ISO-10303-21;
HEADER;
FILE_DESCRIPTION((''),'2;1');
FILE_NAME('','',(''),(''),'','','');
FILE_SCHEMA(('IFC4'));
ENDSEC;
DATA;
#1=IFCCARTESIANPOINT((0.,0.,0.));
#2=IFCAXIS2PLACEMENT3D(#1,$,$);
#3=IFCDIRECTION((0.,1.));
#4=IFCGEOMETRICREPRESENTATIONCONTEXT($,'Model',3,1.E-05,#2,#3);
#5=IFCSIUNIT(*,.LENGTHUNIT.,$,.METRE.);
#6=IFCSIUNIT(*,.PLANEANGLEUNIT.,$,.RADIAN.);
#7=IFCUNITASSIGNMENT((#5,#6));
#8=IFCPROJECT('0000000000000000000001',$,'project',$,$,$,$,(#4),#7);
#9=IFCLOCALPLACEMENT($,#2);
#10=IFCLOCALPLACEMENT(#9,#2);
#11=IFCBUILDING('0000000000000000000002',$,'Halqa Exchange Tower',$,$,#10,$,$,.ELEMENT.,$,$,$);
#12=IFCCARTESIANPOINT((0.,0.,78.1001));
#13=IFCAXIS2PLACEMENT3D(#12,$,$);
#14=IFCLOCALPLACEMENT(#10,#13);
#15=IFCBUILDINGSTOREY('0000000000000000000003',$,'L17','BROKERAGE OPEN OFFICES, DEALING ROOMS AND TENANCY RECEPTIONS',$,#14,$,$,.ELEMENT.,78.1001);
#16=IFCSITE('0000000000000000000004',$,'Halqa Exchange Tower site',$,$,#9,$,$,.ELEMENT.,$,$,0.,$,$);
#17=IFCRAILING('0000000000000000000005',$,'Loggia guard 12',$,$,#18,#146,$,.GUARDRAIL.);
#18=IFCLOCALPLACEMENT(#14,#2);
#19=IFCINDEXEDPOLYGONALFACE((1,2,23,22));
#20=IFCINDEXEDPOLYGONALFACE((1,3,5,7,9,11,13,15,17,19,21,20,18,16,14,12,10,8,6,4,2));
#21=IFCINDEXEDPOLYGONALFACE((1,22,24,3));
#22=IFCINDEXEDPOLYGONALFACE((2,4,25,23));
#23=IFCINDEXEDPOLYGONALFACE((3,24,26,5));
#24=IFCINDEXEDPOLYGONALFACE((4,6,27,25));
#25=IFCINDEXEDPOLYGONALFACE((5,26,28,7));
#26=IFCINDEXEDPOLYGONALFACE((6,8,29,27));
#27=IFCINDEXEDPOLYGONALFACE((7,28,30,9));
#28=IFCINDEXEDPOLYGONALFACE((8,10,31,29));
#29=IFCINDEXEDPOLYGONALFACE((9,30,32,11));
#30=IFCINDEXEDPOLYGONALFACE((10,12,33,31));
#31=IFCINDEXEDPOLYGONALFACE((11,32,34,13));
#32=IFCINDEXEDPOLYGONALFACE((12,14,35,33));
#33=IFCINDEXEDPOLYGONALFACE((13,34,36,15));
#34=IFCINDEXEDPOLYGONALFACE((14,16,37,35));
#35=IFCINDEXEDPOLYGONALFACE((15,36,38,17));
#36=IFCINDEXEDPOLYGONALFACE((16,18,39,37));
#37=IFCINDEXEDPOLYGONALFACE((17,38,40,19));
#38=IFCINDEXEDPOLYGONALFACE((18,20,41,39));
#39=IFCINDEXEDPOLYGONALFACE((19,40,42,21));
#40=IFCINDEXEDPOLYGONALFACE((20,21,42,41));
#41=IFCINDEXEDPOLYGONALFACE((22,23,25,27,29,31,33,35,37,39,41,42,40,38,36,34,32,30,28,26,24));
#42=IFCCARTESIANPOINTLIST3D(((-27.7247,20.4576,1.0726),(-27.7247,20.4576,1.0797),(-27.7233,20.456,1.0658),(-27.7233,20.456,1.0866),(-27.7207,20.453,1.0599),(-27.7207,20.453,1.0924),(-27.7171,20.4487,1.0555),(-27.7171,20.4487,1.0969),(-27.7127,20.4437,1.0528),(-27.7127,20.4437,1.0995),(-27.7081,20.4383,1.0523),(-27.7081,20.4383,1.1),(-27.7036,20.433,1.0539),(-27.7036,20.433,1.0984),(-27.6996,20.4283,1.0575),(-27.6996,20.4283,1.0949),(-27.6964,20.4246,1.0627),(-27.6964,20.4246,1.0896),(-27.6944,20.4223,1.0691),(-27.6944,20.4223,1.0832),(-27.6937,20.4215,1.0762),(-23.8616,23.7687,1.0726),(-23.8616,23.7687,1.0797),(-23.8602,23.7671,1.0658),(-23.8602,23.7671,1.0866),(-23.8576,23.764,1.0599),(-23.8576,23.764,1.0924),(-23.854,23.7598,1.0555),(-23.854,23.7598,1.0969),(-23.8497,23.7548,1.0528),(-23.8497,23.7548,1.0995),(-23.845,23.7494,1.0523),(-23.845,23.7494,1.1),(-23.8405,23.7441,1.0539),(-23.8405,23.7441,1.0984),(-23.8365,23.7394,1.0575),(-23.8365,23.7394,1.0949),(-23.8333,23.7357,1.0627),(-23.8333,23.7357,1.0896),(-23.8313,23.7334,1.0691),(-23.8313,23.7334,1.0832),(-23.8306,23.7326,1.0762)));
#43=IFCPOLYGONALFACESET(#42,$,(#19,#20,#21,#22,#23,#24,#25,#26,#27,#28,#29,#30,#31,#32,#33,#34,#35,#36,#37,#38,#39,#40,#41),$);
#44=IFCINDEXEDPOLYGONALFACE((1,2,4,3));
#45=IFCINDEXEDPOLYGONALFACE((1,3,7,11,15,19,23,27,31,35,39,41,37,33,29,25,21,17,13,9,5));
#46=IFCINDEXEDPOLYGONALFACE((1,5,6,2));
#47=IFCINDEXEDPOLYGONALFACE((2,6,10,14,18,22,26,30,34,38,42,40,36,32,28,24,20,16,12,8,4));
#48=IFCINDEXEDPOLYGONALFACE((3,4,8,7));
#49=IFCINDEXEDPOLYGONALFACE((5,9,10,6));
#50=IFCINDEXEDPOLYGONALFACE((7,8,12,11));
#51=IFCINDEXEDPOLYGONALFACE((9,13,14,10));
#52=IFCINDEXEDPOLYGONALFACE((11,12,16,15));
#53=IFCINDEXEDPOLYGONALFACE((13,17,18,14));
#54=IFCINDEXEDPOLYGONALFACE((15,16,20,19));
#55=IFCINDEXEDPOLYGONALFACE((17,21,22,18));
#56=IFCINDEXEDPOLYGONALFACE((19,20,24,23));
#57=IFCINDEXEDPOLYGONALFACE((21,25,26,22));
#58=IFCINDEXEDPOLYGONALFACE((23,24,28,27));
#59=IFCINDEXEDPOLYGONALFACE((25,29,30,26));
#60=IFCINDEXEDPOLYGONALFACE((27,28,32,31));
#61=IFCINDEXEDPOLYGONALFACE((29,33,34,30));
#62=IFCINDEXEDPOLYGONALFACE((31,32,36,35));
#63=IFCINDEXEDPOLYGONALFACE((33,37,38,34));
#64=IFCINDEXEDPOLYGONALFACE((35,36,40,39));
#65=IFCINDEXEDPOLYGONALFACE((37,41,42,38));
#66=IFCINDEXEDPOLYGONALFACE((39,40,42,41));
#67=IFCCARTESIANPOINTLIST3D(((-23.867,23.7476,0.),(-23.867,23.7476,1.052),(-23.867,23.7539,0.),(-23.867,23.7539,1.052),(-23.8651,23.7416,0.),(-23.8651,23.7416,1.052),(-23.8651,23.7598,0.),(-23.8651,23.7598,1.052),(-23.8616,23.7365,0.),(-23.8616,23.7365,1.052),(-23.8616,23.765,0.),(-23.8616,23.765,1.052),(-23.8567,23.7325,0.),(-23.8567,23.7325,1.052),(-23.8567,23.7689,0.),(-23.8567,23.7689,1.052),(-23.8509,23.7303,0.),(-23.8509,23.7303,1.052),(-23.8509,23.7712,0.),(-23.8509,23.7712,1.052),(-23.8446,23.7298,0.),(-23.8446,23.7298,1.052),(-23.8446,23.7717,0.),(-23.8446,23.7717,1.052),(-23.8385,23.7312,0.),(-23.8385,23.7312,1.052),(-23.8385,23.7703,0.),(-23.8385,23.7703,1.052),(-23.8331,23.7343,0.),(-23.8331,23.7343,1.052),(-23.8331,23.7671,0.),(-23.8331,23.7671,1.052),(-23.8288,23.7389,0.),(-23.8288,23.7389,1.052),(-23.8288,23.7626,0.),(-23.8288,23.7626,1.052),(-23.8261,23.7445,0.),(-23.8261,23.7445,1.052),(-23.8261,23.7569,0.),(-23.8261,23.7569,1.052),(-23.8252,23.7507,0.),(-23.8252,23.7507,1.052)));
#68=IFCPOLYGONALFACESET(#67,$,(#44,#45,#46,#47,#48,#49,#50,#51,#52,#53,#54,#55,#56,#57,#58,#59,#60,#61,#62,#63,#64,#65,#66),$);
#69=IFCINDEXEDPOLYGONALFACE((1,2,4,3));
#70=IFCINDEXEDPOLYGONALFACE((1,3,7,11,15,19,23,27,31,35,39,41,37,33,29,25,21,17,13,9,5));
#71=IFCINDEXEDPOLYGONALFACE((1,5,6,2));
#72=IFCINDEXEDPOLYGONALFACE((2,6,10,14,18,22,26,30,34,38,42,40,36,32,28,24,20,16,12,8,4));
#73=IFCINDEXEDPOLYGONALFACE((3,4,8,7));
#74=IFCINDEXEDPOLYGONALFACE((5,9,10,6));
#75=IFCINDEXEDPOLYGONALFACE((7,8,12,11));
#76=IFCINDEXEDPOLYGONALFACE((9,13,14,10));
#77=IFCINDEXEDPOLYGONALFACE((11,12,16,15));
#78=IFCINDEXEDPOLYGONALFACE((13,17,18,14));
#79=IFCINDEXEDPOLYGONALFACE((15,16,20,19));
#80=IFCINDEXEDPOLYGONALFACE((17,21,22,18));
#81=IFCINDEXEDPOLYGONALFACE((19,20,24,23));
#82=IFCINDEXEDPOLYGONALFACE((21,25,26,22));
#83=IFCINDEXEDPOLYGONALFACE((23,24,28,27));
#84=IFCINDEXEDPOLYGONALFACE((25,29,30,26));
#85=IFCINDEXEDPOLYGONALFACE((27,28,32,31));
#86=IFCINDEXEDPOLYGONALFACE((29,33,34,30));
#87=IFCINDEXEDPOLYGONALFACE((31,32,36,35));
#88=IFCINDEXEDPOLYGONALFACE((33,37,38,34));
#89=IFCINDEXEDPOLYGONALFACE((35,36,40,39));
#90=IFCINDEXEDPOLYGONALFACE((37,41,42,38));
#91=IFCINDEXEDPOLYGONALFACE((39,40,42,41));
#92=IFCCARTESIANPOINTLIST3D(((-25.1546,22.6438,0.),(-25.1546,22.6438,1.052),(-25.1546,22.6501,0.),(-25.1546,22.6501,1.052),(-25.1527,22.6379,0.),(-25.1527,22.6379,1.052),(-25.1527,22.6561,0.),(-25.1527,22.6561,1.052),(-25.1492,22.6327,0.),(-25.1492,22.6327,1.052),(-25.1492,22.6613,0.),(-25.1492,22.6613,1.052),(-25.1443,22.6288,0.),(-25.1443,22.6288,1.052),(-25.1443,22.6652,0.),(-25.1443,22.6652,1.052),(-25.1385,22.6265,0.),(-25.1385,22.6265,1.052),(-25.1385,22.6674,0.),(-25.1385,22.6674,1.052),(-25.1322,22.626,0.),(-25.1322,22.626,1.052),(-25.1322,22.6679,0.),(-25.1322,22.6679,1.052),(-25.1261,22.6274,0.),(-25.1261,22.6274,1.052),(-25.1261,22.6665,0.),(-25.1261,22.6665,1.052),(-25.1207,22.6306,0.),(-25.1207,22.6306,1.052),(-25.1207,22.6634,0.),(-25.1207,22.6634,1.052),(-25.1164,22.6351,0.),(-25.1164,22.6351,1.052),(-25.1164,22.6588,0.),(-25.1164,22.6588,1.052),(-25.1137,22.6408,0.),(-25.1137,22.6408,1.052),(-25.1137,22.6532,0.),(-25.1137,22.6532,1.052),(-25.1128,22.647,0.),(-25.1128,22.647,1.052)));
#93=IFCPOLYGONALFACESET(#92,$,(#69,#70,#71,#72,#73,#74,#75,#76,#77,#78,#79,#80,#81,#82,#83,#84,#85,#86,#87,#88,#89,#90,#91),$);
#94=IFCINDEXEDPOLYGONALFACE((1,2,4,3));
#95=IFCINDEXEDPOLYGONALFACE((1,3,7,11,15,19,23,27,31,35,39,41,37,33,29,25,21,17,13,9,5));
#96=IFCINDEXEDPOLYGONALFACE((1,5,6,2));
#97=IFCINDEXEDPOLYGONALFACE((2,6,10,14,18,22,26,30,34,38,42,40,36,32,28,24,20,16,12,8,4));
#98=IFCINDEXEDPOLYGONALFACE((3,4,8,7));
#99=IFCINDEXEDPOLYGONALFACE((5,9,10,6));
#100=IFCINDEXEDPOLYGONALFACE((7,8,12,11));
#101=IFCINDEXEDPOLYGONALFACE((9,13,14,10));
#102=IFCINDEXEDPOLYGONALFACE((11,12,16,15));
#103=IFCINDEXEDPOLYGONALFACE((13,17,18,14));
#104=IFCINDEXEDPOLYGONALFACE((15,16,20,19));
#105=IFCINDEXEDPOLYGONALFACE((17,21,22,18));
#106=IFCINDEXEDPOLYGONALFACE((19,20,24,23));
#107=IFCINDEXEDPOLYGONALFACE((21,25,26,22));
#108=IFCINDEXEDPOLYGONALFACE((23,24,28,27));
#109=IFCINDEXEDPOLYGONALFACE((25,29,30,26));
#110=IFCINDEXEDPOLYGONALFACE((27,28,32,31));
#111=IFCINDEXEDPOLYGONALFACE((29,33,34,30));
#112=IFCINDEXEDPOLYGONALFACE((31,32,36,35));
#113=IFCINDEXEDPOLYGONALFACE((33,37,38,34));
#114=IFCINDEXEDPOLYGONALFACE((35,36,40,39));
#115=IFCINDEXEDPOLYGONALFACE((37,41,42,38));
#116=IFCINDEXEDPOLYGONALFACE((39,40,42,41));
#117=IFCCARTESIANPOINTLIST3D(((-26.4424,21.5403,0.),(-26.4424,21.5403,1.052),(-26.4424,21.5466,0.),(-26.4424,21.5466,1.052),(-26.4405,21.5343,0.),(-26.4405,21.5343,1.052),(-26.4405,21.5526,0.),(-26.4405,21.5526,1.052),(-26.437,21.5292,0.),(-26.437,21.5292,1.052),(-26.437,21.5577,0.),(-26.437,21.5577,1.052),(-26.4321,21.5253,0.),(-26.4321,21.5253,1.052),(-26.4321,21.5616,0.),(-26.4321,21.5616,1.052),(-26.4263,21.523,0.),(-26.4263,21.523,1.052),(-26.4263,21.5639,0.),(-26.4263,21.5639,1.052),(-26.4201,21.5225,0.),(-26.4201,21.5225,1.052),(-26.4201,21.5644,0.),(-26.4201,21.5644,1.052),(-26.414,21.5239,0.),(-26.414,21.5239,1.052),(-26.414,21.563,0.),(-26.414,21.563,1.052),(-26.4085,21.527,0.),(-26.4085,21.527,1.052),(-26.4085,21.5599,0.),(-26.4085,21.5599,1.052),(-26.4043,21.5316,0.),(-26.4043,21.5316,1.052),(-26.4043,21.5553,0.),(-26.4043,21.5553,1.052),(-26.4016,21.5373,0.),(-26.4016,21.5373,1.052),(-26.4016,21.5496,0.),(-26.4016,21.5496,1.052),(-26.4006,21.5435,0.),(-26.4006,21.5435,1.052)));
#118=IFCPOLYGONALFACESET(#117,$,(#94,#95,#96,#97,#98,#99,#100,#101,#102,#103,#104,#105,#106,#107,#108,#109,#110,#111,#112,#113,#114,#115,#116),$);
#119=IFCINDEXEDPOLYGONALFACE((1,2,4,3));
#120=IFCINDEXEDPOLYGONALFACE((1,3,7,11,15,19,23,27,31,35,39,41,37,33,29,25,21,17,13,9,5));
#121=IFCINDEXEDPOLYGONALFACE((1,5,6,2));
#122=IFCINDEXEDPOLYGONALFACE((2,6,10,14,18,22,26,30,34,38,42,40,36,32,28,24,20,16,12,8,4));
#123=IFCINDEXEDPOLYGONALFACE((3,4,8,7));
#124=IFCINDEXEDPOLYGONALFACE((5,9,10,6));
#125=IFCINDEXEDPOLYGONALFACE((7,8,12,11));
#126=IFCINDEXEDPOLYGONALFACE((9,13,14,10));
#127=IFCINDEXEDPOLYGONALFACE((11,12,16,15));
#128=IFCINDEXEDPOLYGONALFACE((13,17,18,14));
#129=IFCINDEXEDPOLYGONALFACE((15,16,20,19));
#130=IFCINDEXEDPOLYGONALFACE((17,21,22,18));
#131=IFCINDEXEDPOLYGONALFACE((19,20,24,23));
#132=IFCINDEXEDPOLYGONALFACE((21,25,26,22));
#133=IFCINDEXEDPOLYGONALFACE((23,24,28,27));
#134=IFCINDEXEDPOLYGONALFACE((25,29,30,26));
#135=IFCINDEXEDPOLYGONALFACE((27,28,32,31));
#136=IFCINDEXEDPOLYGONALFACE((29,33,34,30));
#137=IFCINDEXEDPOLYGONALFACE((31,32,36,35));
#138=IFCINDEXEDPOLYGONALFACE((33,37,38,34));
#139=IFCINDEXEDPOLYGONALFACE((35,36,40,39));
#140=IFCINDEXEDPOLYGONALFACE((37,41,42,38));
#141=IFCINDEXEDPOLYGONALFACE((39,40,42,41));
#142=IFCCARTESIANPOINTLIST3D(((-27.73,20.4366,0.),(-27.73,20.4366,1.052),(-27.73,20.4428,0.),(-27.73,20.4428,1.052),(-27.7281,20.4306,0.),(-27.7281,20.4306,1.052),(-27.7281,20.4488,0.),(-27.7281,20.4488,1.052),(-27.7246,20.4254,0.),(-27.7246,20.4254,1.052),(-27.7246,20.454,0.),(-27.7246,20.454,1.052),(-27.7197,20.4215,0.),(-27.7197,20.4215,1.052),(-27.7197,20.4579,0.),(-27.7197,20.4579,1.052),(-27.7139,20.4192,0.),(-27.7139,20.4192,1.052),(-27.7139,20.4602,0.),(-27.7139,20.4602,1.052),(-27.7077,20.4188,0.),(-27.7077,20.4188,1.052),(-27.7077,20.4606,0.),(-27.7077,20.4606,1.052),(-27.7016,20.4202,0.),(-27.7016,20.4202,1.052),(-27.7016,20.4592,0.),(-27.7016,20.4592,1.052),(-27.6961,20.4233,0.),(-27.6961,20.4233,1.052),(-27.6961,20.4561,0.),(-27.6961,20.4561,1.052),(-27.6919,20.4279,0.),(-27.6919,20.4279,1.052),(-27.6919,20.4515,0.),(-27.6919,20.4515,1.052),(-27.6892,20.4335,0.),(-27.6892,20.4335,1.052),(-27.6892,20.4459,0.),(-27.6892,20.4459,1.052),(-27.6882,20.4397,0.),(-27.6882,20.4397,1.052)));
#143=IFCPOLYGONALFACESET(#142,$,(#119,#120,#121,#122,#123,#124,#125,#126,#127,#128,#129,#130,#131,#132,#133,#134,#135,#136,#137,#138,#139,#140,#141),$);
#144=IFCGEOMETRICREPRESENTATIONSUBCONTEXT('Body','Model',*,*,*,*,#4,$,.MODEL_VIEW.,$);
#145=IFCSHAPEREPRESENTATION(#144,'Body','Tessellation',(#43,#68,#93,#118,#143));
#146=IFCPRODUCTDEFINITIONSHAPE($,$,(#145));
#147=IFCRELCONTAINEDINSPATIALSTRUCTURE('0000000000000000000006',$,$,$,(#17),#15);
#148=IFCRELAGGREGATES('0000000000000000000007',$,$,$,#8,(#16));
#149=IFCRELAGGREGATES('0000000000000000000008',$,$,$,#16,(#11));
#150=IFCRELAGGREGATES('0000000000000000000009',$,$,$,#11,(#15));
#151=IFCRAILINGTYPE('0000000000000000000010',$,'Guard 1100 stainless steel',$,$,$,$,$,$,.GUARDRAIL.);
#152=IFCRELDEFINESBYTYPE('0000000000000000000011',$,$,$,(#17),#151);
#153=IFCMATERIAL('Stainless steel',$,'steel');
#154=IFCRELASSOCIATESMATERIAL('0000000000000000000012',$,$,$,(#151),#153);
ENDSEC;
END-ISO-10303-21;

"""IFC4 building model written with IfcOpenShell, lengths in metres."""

from ifc_helpers import new_model, si_unit, direction, frame, origin, origin_2d, place, context, subcontext, project, spatial, circle, extrude, material, type_object, element, save


model = new_model("IFC4")

# Units and contexts
model_context = context("Model", 3, precision=1e-05, world=origin(), true_north=direction((0.0, 1.0)))
body_context = subcontext(model_context, "Body", "Model", "MODEL_VIEW")
ifc_project = project(units=[si_unit("LENGTHUNIT", "METRE"), si_unit("PLANEANGLEUNIT", "RADIAN")], contexts=[model_context])

# Site, building, storey
site_placement = place(None, origin())
site = spatial("IfcSite", under=ifc_project, at=site_placement, Name="Halqa Exchange Tower site", CompositionType="ELEMENT", RefElevation=0.0)
building_placement = place(site_placement, origin())
building = spatial("IfcBuilding", under=site, at=building_placement, Name="Halqa Exchange Tower", CompositionType="ELEMENT")
storey_placement = place(building_placement, frame((0.0, 0.0, 78.1001)))
storey = spatial("IfcBuildingStorey", under=building, at=storey_placement, Name="L17", Description="BROKERAGE OPEN OFFICES, DEALING ROOMS AND TENANCY RECEPTIONS", CompositionType="ELEMENT", Elevation=78.1001)

# Railing
ifc_material_1 = material(Name="Stainless steel", Category="steel")
railing_type = type_object("IfcRailingType", Name="Guard 1100 stainless steel", PredefinedType="GUARDRAIL", material=ifc_material_1)
railing_1_placement = place(storey_placement, frame((-23.8462, 23.7507, 0.0)))
element("IfcRailing", 1, at=railing_1_placement, inside=storey, type_object=railing_type, Name="Loggia guard 12", PredefinedType="GUARDRAIL", context=body_context, shape_type="SweptSolid", body=[
    extrude(circle(Radius=0.0239, at=origin_2d()), frame((0.0, 0.0, 1.0762), z_axis=(-0.75927, -0.650776, 0.0), x_axis=(0.650776, -0.75927, 0.0)), (0.0, 0.0, 1.0), 5.0879),
    extrude(circle(Radius=0.021, at=origin_2d()), origin(), (0.0, 0.0, 1.0), 1.052),
    extrude(circle(Radius=0.021, at=origin_2d()), frame((-1.2876, -1.1038, 0.0)), (0.0, 0.0, 1.0), 1.052),
    extrude(circle(Radius=0.021, at=origin_2d()), frame((-2.5754, -2.2073, 0.0)), (0.0, 0.0, 1.0), 1.052),
    extrude(circle(Radius=0.021, at=origin_2d()), frame((-3.863, -3.311, 0.0)), (0.0, 0.0, 1.0), 1.052),
])

save(model, "model.ifc")
